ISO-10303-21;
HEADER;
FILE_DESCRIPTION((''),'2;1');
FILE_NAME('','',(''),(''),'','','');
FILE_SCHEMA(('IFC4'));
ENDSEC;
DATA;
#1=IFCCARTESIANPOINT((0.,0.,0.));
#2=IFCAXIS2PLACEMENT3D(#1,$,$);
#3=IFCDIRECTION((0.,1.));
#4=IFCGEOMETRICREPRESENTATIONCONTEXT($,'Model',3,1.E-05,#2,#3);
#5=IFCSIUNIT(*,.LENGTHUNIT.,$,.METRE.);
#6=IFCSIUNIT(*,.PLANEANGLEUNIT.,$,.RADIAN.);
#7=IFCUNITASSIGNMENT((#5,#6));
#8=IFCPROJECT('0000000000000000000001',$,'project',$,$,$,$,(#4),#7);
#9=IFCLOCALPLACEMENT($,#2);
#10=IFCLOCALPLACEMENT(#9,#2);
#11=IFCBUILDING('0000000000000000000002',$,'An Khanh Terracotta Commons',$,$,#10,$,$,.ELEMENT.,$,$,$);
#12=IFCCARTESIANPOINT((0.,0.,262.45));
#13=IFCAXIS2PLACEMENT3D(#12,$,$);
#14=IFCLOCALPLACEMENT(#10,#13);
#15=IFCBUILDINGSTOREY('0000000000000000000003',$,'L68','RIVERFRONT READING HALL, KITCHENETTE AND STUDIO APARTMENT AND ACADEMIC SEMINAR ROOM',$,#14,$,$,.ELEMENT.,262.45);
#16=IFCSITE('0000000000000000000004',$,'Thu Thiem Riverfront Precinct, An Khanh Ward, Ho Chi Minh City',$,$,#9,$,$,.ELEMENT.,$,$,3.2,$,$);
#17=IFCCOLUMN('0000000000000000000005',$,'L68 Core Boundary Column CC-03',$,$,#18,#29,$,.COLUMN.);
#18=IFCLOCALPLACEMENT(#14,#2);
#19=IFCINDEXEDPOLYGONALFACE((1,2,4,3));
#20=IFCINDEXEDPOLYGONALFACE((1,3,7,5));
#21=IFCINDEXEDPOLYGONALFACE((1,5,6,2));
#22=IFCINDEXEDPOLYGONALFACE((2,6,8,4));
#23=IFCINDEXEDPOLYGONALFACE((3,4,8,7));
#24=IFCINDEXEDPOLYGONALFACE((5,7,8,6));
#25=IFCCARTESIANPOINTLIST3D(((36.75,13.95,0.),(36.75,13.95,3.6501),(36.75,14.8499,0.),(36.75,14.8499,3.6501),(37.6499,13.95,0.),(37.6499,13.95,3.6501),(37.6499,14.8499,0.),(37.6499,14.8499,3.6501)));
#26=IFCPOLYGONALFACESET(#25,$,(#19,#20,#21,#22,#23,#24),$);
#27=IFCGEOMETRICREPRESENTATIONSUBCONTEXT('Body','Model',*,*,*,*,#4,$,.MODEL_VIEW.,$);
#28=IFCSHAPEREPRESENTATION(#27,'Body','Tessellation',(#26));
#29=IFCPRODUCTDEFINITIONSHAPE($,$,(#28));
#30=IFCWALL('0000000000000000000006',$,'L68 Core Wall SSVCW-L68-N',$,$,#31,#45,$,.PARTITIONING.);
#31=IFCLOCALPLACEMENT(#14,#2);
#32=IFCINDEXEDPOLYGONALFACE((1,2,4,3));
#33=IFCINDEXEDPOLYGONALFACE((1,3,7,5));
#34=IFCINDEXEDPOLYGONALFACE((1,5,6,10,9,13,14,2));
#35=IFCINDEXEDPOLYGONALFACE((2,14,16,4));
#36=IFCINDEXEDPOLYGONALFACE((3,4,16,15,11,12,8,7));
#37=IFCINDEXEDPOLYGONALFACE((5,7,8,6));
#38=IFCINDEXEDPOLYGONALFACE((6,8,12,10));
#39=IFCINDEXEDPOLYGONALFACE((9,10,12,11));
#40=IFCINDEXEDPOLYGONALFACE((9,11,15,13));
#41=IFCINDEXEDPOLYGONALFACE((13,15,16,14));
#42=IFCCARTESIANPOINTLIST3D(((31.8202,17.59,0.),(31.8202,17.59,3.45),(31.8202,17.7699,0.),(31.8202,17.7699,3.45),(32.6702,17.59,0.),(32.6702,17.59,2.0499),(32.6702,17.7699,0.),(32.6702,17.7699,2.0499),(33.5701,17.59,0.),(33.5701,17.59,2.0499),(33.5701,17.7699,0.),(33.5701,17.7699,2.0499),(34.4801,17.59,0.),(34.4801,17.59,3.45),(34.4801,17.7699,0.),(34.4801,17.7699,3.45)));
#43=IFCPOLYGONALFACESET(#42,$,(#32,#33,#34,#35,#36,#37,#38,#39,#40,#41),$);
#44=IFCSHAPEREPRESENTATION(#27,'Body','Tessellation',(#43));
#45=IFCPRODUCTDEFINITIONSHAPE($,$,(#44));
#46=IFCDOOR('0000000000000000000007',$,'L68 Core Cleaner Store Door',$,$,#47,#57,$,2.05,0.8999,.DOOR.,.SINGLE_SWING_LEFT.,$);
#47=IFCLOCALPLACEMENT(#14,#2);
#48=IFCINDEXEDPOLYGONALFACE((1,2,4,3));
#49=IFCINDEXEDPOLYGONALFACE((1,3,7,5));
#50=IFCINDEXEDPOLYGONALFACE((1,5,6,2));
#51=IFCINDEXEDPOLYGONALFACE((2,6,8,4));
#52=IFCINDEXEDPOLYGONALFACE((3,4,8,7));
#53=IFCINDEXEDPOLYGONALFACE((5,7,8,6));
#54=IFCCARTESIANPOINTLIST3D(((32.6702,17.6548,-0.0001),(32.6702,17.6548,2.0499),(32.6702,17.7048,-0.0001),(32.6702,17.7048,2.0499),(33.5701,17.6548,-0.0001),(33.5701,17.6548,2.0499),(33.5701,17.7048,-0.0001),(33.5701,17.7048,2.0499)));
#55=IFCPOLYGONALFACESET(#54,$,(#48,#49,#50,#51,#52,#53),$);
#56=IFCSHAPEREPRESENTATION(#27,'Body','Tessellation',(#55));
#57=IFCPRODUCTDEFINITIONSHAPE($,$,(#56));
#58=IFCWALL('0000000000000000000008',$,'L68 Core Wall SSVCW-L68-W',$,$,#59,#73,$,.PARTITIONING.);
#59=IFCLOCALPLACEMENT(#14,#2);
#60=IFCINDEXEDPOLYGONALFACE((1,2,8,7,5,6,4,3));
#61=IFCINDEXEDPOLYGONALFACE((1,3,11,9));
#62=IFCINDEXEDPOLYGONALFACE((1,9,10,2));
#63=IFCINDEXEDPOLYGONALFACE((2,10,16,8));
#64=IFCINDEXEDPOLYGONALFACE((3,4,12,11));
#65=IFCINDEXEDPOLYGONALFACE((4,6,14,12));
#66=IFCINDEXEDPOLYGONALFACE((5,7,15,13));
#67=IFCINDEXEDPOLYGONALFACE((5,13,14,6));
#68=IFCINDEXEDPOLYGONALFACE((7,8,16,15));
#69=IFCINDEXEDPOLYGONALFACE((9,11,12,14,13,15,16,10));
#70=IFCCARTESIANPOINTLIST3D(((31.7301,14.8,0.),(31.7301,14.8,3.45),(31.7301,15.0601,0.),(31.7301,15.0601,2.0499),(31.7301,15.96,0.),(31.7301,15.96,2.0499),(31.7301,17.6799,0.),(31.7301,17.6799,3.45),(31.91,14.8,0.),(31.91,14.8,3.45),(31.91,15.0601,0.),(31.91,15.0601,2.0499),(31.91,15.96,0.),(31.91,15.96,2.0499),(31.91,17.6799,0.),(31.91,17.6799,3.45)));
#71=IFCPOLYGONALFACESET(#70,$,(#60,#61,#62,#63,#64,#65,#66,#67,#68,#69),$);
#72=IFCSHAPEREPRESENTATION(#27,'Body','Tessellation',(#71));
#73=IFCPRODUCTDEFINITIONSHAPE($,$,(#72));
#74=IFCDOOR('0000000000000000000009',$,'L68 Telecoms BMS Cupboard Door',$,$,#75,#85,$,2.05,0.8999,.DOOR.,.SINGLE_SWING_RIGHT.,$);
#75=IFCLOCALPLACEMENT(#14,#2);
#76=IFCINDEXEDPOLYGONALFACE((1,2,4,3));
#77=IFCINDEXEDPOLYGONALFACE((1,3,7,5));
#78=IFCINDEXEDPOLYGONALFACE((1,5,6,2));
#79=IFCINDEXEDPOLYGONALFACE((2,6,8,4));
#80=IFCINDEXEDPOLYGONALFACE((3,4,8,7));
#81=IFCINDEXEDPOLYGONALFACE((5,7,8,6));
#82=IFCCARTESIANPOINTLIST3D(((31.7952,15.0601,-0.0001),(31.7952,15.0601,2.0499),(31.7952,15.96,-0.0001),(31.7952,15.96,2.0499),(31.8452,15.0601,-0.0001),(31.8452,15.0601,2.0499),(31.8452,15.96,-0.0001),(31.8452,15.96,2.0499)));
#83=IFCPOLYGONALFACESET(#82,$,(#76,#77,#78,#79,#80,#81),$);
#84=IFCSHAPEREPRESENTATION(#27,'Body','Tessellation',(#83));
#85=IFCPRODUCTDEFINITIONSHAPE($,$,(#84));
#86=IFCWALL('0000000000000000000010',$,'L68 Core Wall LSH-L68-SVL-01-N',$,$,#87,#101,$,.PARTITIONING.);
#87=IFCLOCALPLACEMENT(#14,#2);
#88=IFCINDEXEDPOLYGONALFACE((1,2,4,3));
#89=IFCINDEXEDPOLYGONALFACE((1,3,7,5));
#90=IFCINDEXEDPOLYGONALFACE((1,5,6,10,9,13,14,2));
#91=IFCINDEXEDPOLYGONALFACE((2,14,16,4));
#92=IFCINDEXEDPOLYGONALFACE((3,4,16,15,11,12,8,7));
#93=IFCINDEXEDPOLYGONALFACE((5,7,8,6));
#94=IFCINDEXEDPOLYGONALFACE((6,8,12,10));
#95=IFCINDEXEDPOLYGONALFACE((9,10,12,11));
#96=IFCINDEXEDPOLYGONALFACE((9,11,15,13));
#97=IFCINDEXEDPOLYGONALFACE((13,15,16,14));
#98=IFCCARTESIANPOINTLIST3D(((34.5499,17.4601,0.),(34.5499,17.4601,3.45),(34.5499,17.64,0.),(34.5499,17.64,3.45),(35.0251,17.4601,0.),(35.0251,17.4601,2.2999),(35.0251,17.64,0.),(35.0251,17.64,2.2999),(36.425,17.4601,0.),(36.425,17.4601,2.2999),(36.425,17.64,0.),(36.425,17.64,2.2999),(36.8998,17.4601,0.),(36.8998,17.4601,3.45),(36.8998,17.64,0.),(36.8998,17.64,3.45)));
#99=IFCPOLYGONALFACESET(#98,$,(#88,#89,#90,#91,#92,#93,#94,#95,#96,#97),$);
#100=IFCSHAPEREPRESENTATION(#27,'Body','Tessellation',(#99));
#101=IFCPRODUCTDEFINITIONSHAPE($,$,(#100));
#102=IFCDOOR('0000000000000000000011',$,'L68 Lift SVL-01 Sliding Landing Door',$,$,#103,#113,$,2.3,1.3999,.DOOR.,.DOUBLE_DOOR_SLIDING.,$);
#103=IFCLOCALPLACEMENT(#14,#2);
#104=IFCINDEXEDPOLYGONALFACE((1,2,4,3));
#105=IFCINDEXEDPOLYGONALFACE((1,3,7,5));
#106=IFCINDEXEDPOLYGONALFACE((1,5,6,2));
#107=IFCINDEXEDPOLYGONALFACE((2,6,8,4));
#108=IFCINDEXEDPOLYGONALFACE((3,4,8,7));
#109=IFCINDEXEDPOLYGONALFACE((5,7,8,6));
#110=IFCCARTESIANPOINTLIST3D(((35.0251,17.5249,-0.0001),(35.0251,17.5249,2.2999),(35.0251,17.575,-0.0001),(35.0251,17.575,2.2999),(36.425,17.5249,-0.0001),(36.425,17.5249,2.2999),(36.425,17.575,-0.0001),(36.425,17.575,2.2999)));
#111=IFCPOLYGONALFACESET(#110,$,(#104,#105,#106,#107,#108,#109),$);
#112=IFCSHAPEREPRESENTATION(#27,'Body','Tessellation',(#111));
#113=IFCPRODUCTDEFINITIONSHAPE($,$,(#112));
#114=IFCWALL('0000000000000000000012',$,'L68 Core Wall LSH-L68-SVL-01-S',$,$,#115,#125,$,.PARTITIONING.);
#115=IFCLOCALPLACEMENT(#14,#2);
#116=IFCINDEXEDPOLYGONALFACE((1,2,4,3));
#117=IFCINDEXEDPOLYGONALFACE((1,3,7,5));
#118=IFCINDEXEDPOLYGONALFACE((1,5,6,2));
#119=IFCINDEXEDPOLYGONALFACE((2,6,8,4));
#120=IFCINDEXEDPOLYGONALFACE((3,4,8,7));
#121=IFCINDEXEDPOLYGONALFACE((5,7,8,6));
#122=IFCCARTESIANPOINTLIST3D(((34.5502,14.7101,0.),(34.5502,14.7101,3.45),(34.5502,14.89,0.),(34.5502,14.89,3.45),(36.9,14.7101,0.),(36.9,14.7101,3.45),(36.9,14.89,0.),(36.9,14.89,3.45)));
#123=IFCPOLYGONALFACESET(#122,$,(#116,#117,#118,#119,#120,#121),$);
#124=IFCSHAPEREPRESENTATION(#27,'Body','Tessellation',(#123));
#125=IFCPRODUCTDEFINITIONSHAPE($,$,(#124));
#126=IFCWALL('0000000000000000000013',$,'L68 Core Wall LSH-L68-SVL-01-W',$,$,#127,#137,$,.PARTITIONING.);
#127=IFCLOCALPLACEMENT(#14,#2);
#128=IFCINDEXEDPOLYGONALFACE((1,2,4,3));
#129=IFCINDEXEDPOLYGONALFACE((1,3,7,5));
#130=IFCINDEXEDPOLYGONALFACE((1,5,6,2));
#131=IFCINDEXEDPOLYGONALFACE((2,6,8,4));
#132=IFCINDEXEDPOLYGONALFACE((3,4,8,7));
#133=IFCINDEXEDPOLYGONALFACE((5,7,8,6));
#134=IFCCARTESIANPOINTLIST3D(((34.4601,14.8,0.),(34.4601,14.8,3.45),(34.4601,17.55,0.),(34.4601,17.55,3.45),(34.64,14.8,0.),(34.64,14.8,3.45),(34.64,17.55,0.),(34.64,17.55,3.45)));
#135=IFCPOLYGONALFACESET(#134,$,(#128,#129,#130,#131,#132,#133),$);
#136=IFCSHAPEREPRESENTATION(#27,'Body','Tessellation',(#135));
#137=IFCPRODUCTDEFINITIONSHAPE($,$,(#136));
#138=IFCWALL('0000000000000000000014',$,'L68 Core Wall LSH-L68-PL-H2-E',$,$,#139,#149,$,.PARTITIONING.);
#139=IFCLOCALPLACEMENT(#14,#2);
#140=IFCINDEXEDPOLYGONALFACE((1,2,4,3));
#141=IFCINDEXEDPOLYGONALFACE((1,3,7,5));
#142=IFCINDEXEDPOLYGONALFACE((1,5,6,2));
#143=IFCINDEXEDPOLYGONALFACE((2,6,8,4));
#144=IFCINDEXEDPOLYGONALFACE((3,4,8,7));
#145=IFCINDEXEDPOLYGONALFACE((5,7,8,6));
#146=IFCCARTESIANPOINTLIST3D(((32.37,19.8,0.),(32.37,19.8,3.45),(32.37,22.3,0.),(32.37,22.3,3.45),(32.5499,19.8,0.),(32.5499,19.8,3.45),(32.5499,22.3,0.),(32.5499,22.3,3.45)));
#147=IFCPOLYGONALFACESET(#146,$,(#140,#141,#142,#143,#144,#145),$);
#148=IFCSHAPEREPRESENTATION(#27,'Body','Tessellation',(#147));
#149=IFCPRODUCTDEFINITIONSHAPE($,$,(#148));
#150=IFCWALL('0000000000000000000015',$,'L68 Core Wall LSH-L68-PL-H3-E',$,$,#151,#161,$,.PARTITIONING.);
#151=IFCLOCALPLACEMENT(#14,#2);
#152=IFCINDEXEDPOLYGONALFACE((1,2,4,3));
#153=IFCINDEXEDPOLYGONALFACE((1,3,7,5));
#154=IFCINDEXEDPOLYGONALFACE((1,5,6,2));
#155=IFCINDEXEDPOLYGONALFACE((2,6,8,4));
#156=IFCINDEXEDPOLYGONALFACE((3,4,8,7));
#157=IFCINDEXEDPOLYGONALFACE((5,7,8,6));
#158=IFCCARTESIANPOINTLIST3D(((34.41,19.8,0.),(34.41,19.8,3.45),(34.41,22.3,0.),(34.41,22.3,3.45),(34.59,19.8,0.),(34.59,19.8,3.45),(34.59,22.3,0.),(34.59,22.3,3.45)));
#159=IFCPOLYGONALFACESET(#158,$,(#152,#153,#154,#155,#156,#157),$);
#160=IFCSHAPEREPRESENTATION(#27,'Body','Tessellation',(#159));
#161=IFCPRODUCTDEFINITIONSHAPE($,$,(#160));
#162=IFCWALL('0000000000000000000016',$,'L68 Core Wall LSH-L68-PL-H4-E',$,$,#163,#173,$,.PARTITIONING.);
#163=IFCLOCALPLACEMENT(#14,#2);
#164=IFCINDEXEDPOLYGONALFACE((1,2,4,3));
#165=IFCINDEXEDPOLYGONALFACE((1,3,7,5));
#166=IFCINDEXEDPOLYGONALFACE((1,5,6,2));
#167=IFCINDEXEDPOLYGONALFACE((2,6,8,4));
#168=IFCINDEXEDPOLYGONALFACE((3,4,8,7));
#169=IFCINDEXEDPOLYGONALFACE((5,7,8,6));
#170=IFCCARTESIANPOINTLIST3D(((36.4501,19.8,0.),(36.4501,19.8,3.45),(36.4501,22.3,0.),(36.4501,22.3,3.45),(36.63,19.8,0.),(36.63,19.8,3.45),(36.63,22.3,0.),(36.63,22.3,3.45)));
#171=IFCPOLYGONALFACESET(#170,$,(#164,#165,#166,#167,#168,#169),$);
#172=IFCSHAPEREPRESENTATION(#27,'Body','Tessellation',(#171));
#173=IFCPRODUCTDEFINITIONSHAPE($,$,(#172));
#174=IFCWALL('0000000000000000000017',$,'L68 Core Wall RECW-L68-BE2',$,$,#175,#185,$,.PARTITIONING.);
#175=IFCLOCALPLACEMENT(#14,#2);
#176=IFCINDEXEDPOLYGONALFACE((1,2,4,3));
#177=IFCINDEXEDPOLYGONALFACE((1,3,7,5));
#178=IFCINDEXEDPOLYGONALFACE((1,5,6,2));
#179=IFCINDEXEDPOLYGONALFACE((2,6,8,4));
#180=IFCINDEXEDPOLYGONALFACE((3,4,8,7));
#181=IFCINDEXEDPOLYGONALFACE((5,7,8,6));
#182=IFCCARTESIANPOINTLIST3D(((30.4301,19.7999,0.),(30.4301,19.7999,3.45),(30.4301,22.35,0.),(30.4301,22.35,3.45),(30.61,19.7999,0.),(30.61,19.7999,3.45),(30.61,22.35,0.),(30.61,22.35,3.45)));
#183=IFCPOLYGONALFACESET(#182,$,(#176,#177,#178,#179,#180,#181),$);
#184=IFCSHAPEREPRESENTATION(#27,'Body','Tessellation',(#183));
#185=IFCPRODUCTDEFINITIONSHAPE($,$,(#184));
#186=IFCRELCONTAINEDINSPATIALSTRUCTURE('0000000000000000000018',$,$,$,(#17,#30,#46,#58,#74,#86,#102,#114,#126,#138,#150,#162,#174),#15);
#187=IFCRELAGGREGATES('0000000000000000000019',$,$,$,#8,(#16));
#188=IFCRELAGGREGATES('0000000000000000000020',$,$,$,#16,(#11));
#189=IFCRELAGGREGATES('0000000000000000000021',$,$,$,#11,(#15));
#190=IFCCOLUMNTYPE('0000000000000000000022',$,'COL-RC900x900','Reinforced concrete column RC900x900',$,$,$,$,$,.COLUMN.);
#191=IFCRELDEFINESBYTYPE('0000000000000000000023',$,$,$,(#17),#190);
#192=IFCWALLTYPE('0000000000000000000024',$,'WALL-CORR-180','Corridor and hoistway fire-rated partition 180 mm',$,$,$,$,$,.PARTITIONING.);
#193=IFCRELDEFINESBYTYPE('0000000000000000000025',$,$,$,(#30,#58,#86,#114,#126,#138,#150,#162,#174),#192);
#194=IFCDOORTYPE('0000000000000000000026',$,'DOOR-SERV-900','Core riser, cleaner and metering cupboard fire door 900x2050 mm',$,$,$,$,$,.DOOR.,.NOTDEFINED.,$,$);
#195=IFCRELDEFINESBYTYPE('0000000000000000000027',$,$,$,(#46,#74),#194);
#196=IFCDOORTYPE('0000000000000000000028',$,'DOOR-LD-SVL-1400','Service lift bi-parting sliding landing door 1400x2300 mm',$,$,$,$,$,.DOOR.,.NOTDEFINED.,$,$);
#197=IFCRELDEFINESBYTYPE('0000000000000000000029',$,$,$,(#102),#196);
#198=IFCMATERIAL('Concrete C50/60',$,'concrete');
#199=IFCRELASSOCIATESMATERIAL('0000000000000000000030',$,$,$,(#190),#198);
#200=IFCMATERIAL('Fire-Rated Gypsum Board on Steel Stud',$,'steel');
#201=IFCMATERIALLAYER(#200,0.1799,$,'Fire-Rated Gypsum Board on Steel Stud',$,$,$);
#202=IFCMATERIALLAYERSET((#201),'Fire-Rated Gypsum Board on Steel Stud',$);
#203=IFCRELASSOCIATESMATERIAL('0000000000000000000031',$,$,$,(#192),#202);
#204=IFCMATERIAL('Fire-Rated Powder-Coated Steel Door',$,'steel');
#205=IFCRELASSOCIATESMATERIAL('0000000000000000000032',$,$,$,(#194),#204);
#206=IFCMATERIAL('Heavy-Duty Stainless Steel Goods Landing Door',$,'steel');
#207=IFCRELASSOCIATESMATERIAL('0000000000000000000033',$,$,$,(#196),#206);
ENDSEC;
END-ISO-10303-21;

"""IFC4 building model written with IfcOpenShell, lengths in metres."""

from ifc_helpers import new_model, si_unit, direction, frame, frame_2d, origin, origin_2d, place, context, subcontext, project, spatial, rectangle, extrude, material, layer, layer_set, material_profile, profile_set, type_object, element, fill, save


model = new_model("IFC4")

# Units and contexts
model_context = context("Model", 3, precision=1e-05, world=origin(), true_north=direction((0.0, 1.0)))
body_context = subcontext(model_context, "Body", "Model", "MODEL_VIEW")
ifc_project = project(units=[si_unit("LENGTHUNIT", "METRE"), si_unit("PLANEANGLEUNIT", "RADIAN")], contexts=[model_context])

# Site, building, storey
site_placement = place(None, origin())
site = spatial("IfcSite", under=ifc_project, at=site_placement, Name="Thu Thiem Riverfront Precinct, An Khanh Ward, Ho Chi Minh City", CompositionType="ELEMENT", RefElevation=3.2)
building_placement = place(site_placement, origin())
building = spatial("IfcBuilding", under=site, at=building_placement, Name="An Khanh Terracotta Commons", CompositionType="ELEMENT")
storey_placement = place(building_placement, frame((0.0, 0.0, 262.45)))
storey = spatial("IfcBuildingStorey", under=building, at=storey_placement, Name="L68", Description="RIVERFRONT READING HALL, KITCHENETTE AND STUDIO APARTMENT AND ACADEMIC SEMINAR ROOM", CompositionType="ELEMENT", Elevation=262.45)

# Column
ifc_material_1 = material(Name="Concrete C50/60", Category="concrete")
ifc_material_profile = material_profile(ifc_material_1, rectangle(XDim=0.8999, YDim=0.8999, at=origin_2d()), Name="RC900x900")
ifc_profile_set = profile_set([ifc_material_profile], Name="Concrete C50/60")
column_type = type_object("IfcColumnType", Name="COL-RC900x900", Description="Reinforced concrete column RC900x900", PredefinedType="COLUMN", material=ifc_profile_set)
column_placement = place(storey_placement, frame((37.2, 14.3999, 0.0), z_axis=(0.0, 0.0, 1.0), x_axis=(1.0, 0.0, 0.0)))
element("IfcColumn", 1, at=column_placement, inside=storey, type_object=column_type, Name="L68 Core Boundary Column CC-03", PredefinedType="COLUMN", context=body_context, shape_type="SweptSolid", body=[
    extrude(rectangle(XDim=0.8999, YDim=0.8999, at=origin_2d()), origin(), (0.0, 0.0, 1.0), 3.6501),
])

# Walls, openings, doors
ifc_material_2 = material(Name="Fire-Rated Gypsum Board on Steel Stud", Category="steel")
ifc_layer_1 = layer(ifc_material_2, 0.1799, Name="Fire-Rated Gypsum Board on Steel Stud")
ifc_layer_set_1 = layer_set([ifc_layer_1], Name="Fire-Rated Gypsum Board on Steel Stud")
wall_type_1 = type_object("IfcWallType", Name="WALL-CORR-180", Description="Corridor and hoistway fire-rated partition 180 mm", PredefinedType="PARTITIONING", material=ifc_layer_set_1)
wall_1_placement = place(storey_placement, frame((31.8201, 17.6799, 0.0), z_axis=(0.0, 0.0, 1.0), x_axis=(1.0, 0.0, 0.0)))
wall_1 = element("IfcWall", 2, at=wall_1_placement, inside=storey, type_object=wall_type_1, Name="L68 Core Wall SSVCW-L68-N", PredefinedType="PARTITIONING", context=body_context, shape_type="SweptSolid", body=[
    extrude(rectangle(XDim=2.6599, YDim=0.1799, at=frame_2d((1.3301, 0.0))), origin(), (0.0, 0.0, 1.0), 3.45),
])
opening_1_placement = place(wall_1_placement, frame((0.8501, 0.0, 0.0)))
opening_1 = element("IfcOpeningElement", 3, at=opening_1_placement, cuts=wall_1, PredefinedType="OPENING", context=body_context, shape_type="SweptSolid", body=[
    extrude(rectangle(XDim=0.8999, YDim=2.05, at=frame_2d((0.45, 1.0249))), frame((0.0, 0.0999, 0.0), z_axis=(0.0, -1.0, 0.0), x_axis=(1.0, 0.0, 0.0)), (0.0, 0.0, 1.0), 0.2),
])
ifc_material_3 = material(Name="Fire-Rated Powder-Coated Steel Door", Category="steel")
door_type_1 = type_object("IfcDoorType", Name="DOOR-SERV-900", Description="Core riser, cleaner and metering cupboard fire door 900x2050 mm", OperationType="NOTDEFINED", PredefinedType="DOOR", material=ifc_material_3)
door_1_placement = place(opening_1_placement, origin())
door_1 = element("IfcDoor", 4, at=door_1_placement, inside=storey, type_object=door_type_1, Name="L68 Core Cleaner Store Door", OperationType="SINGLE_SWING_LEFT", OverallHeight=2.05, OverallWidth=0.8999, PredefinedType="DOOR", context=body_context, shape_type="SweptSolid", body=[
    extrude(rectangle(XDim=0.8999, YDim=2.05, at=frame_2d((0.45, 1.0249))), frame((0.0, 0.0249, 0.0), z_axis=(0.0, -1.0, 0.0), x_axis=(1.0, 0.0, 0.0)), (0.0, 0.0, 1.0), 0.05),
])
fill(opening_1, door_1)
wall_2_placement = place(storey_placement, frame((31.8201, 14.8, 0.0), z_axis=(0.0, 0.0, 1.0), x_axis=(0.0, 1.0, 0.0)))
wall_2 = element("IfcWall", 5, at=wall_2_placement, inside=storey, type_object=wall_type_1, Name="L68 Core Wall SSVCW-L68-W", PredefinedType="PARTITIONING", context=body_context, shape_type="SweptSolid", body=[
    extrude(rectangle(XDim=2.8799, YDim=0.1799, at=frame_2d((1.4399, 0.0))), origin(), (0.0, 0.0, 1.0), 3.45),
])
opening_2_placement = place(wall_2_placement, frame((0.26, 0.0, 0.0)))
opening_2 = element("IfcOpeningElement", 6, at=opening_2_placement, cuts=wall_2, PredefinedType="OPENING", context=body_context, shape_type="SweptSolid", body=[
    extrude(rectangle(XDim=0.8999, YDim=2.05, at=frame_2d((0.45, 1.0249))), frame((0.0, 0.0999, 0.0), z_axis=(0.0, -1.0, 0.0), x_axis=(1.0, 0.0, 0.0)), (0.0, 0.0, 1.0), 0.2),
])
door_2_placement = place(opening_2_placement, origin())
door_2 = element("IfcDoor", 7, at=door_2_placement, inside=storey, type_object=door_type_1, Name="L68 Telecoms BMS Cupboard Door", OperationType="SINGLE_SWING_RIGHT", OverallHeight=2.05, OverallWidth=0.8999, PredefinedType="DOOR", context=body_context, shape_type="SweptSolid", body=[
    extrude(rectangle(XDim=0.8999, YDim=2.05, at=frame_2d((0.45, 1.0249))), frame((0.0, 0.0249, 0.0), z_axis=(0.0, -1.0, 0.0), x_axis=(1.0, 0.0, 0.0)), (0.0, 0.0, 1.0), 0.05),
])
fill(opening_2, door_2)
wall_3_placement = place(storey_placement, frame((34.55, 17.55, 0.0), z_axis=(0.0, 0.0, 1.0), x_axis=(1.0, 0.0, 0.0)))
wall_3 = element("IfcWall", 8, at=wall_3_placement, inside=storey, type_object=wall_type_1, Name="L68 Core Wall LSH-L68-SVL-01-N", PredefinedType="PARTITIONING", context=body_context, shape_type="SweptSolid", body=[
    extrude(rectangle(XDim=2.3499, YDim=0.1799, at=frame_2d((1.1748, 0.0))), origin(), (0.0, 0.0, 1.0), 3.45),
])
opening_3_placement = place(wall_3_placement, frame((0.4751, 0.0, 0.0)))
opening_3 = element("IfcOpeningElement", 9, at=opening_3_placement, cuts=wall_3, PredefinedType="OPENING", context=body_context, shape_type="SweptSolid", body=[
    extrude(rectangle(XDim=1.3999, YDim=2.3, at=frame_2d((0.7, 1.1499))), frame((0.0, 0.0999, 0.0), z_axis=(0.0, -1.0, 0.0), x_axis=(1.0, 0.0, 0.0)), (0.0, 0.0, 1.0), 0.2),
])
ifc_material_4 = material(Name="Heavy-Duty Stainless Steel Goods Landing Door", Category="steel")
door_type_2 = type_object("IfcDoorType", Name="DOOR-LD-SVL-1400", Description="Service lift bi-parting sliding landing door 1400x2300 mm", OperationType="NOTDEFINED", PredefinedType="DOOR", material=ifc_material_4)
door_3_placement = place(opening_3_placement, origin())
door_3 = element("IfcDoor", 10, at=door_3_placement, inside=storey, type_object=door_type_2, Name="L68 Lift SVL-01 Sliding Landing Door", OperationType="DOUBLE_DOOR_SLIDING", OverallHeight=2.3, OverallWidth=1.3999, PredefinedType="DOOR", context=body_context, shape_type="SweptSolid", body=[
    extrude(rectangle(XDim=1.3999, YDim=2.3, at=frame_2d((0.7, 1.1499))), frame((0.0, 0.0249, 0.0), z_axis=(0.0, -1.0, 0.0), x_axis=(1.0, 0.0, 0.0)), (0.0, 0.0, 1.0), 0.05),
])
fill(opening_3, door_3)

# Walls
wall_4_placement = place(storey_placement, frame((36.8999, 14.8, 0.0), z_axis=(0.0, 0.0, 1.0), x_axis=(-1.0, 0.0, 0.0)))
element("IfcWall", 11, at=wall_4_placement, inside=storey, type_object=wall_type_1, Name="L68 Core Wall LSH-L68-SVL-01-S", PredefinedType="PARTITIONING", context=body_context, shape_type="SweptSolid", body=[
    extrude(rectangle(XDim=2.3499, YDim=0.1799, at=frame_2d((1.1748, 0.0))), origin(), (0.0, 0.0, 1.0), 3.45),
])
wall_5_placement = place(storey_placement, frame((34.55, 17.55, 0.0), z_axis=(0.0, 0.0, 1.0), x_axis=(0.0, -1.0, 0.0)))
element("IfcWall", 12, at=wall_5_placement, inside=storey, type_object=wall_type_1, Name="L68 Core Wall LSH-L68-SVL-01-W", PredefinedType="PARTITIONING", context=body_context, shape_type="SweptSolid", body=[
    extrude(rectangle(XDim=2.75, YDim=0.1799, at=frame_2d((1.375, 0.0))), origin(), (0.0, 0.0, 1.0), 3.45),
])
for number, where, z_axis, x_axis, name in (
    (13, (32.46, 19.8, 0.0), (0.0, 0.0, 1.0), (0.0, 1.0, 0.0), "L68 Core Wall LSH-L68-PL-H2-E"),
    (14, (34.5, 19.8, 0.0), (0.0, 0.0, 1.0), (0.0, 1.0, 0.0), "L68 Core Wall LSH-L68-PL-H3-E"),
    (15, (36.54, 19.8, 0.0), (0.0, 0.0, 1.0), (0.0, 1.0, 0.0), "L68 Core Wall LSH-L68-PL-H4-E"),
):
    element("IfcWall", number, at=place(storey_placement, frame(where, z_axis=z_axis, x_axis=x_axis)), inside=storey, type_object=wall_type_1, Name=name, PredefinedType="PARTITIONING", context=body_context, shape_type="SweptSolid", body=[
        extrude(rectangle(XDim=2.5, YDim=0.1799, at=frame_2d((1.25, 0.0))), origin(), (0.0, 0.0, 1.0), 3.45),
    ])
wall_6_placement = place(storey_placement, frame((30.52, 19.8, 0.0), z_axis=(0.0, 0.0, 1.0), x_axis=(0.0, 1.0, 0.0)))
element("IfcWall", 16, at=wall_6_placement, inside=storey, type_object=wall_type_1, Name="L68 Core Wall RECW-L68-BE2", PredefinedType="PARTITIONING", context=body_context, shape_type="SweptSolid", body=[
    extrude(rectangle(XDim=2.55, YDim=0.1799, at=frame_2d((1.2749, 0.0))), origin(), (0.0, 0.0, 1.0), 3.45),
])

save(model, "model.ifc")
